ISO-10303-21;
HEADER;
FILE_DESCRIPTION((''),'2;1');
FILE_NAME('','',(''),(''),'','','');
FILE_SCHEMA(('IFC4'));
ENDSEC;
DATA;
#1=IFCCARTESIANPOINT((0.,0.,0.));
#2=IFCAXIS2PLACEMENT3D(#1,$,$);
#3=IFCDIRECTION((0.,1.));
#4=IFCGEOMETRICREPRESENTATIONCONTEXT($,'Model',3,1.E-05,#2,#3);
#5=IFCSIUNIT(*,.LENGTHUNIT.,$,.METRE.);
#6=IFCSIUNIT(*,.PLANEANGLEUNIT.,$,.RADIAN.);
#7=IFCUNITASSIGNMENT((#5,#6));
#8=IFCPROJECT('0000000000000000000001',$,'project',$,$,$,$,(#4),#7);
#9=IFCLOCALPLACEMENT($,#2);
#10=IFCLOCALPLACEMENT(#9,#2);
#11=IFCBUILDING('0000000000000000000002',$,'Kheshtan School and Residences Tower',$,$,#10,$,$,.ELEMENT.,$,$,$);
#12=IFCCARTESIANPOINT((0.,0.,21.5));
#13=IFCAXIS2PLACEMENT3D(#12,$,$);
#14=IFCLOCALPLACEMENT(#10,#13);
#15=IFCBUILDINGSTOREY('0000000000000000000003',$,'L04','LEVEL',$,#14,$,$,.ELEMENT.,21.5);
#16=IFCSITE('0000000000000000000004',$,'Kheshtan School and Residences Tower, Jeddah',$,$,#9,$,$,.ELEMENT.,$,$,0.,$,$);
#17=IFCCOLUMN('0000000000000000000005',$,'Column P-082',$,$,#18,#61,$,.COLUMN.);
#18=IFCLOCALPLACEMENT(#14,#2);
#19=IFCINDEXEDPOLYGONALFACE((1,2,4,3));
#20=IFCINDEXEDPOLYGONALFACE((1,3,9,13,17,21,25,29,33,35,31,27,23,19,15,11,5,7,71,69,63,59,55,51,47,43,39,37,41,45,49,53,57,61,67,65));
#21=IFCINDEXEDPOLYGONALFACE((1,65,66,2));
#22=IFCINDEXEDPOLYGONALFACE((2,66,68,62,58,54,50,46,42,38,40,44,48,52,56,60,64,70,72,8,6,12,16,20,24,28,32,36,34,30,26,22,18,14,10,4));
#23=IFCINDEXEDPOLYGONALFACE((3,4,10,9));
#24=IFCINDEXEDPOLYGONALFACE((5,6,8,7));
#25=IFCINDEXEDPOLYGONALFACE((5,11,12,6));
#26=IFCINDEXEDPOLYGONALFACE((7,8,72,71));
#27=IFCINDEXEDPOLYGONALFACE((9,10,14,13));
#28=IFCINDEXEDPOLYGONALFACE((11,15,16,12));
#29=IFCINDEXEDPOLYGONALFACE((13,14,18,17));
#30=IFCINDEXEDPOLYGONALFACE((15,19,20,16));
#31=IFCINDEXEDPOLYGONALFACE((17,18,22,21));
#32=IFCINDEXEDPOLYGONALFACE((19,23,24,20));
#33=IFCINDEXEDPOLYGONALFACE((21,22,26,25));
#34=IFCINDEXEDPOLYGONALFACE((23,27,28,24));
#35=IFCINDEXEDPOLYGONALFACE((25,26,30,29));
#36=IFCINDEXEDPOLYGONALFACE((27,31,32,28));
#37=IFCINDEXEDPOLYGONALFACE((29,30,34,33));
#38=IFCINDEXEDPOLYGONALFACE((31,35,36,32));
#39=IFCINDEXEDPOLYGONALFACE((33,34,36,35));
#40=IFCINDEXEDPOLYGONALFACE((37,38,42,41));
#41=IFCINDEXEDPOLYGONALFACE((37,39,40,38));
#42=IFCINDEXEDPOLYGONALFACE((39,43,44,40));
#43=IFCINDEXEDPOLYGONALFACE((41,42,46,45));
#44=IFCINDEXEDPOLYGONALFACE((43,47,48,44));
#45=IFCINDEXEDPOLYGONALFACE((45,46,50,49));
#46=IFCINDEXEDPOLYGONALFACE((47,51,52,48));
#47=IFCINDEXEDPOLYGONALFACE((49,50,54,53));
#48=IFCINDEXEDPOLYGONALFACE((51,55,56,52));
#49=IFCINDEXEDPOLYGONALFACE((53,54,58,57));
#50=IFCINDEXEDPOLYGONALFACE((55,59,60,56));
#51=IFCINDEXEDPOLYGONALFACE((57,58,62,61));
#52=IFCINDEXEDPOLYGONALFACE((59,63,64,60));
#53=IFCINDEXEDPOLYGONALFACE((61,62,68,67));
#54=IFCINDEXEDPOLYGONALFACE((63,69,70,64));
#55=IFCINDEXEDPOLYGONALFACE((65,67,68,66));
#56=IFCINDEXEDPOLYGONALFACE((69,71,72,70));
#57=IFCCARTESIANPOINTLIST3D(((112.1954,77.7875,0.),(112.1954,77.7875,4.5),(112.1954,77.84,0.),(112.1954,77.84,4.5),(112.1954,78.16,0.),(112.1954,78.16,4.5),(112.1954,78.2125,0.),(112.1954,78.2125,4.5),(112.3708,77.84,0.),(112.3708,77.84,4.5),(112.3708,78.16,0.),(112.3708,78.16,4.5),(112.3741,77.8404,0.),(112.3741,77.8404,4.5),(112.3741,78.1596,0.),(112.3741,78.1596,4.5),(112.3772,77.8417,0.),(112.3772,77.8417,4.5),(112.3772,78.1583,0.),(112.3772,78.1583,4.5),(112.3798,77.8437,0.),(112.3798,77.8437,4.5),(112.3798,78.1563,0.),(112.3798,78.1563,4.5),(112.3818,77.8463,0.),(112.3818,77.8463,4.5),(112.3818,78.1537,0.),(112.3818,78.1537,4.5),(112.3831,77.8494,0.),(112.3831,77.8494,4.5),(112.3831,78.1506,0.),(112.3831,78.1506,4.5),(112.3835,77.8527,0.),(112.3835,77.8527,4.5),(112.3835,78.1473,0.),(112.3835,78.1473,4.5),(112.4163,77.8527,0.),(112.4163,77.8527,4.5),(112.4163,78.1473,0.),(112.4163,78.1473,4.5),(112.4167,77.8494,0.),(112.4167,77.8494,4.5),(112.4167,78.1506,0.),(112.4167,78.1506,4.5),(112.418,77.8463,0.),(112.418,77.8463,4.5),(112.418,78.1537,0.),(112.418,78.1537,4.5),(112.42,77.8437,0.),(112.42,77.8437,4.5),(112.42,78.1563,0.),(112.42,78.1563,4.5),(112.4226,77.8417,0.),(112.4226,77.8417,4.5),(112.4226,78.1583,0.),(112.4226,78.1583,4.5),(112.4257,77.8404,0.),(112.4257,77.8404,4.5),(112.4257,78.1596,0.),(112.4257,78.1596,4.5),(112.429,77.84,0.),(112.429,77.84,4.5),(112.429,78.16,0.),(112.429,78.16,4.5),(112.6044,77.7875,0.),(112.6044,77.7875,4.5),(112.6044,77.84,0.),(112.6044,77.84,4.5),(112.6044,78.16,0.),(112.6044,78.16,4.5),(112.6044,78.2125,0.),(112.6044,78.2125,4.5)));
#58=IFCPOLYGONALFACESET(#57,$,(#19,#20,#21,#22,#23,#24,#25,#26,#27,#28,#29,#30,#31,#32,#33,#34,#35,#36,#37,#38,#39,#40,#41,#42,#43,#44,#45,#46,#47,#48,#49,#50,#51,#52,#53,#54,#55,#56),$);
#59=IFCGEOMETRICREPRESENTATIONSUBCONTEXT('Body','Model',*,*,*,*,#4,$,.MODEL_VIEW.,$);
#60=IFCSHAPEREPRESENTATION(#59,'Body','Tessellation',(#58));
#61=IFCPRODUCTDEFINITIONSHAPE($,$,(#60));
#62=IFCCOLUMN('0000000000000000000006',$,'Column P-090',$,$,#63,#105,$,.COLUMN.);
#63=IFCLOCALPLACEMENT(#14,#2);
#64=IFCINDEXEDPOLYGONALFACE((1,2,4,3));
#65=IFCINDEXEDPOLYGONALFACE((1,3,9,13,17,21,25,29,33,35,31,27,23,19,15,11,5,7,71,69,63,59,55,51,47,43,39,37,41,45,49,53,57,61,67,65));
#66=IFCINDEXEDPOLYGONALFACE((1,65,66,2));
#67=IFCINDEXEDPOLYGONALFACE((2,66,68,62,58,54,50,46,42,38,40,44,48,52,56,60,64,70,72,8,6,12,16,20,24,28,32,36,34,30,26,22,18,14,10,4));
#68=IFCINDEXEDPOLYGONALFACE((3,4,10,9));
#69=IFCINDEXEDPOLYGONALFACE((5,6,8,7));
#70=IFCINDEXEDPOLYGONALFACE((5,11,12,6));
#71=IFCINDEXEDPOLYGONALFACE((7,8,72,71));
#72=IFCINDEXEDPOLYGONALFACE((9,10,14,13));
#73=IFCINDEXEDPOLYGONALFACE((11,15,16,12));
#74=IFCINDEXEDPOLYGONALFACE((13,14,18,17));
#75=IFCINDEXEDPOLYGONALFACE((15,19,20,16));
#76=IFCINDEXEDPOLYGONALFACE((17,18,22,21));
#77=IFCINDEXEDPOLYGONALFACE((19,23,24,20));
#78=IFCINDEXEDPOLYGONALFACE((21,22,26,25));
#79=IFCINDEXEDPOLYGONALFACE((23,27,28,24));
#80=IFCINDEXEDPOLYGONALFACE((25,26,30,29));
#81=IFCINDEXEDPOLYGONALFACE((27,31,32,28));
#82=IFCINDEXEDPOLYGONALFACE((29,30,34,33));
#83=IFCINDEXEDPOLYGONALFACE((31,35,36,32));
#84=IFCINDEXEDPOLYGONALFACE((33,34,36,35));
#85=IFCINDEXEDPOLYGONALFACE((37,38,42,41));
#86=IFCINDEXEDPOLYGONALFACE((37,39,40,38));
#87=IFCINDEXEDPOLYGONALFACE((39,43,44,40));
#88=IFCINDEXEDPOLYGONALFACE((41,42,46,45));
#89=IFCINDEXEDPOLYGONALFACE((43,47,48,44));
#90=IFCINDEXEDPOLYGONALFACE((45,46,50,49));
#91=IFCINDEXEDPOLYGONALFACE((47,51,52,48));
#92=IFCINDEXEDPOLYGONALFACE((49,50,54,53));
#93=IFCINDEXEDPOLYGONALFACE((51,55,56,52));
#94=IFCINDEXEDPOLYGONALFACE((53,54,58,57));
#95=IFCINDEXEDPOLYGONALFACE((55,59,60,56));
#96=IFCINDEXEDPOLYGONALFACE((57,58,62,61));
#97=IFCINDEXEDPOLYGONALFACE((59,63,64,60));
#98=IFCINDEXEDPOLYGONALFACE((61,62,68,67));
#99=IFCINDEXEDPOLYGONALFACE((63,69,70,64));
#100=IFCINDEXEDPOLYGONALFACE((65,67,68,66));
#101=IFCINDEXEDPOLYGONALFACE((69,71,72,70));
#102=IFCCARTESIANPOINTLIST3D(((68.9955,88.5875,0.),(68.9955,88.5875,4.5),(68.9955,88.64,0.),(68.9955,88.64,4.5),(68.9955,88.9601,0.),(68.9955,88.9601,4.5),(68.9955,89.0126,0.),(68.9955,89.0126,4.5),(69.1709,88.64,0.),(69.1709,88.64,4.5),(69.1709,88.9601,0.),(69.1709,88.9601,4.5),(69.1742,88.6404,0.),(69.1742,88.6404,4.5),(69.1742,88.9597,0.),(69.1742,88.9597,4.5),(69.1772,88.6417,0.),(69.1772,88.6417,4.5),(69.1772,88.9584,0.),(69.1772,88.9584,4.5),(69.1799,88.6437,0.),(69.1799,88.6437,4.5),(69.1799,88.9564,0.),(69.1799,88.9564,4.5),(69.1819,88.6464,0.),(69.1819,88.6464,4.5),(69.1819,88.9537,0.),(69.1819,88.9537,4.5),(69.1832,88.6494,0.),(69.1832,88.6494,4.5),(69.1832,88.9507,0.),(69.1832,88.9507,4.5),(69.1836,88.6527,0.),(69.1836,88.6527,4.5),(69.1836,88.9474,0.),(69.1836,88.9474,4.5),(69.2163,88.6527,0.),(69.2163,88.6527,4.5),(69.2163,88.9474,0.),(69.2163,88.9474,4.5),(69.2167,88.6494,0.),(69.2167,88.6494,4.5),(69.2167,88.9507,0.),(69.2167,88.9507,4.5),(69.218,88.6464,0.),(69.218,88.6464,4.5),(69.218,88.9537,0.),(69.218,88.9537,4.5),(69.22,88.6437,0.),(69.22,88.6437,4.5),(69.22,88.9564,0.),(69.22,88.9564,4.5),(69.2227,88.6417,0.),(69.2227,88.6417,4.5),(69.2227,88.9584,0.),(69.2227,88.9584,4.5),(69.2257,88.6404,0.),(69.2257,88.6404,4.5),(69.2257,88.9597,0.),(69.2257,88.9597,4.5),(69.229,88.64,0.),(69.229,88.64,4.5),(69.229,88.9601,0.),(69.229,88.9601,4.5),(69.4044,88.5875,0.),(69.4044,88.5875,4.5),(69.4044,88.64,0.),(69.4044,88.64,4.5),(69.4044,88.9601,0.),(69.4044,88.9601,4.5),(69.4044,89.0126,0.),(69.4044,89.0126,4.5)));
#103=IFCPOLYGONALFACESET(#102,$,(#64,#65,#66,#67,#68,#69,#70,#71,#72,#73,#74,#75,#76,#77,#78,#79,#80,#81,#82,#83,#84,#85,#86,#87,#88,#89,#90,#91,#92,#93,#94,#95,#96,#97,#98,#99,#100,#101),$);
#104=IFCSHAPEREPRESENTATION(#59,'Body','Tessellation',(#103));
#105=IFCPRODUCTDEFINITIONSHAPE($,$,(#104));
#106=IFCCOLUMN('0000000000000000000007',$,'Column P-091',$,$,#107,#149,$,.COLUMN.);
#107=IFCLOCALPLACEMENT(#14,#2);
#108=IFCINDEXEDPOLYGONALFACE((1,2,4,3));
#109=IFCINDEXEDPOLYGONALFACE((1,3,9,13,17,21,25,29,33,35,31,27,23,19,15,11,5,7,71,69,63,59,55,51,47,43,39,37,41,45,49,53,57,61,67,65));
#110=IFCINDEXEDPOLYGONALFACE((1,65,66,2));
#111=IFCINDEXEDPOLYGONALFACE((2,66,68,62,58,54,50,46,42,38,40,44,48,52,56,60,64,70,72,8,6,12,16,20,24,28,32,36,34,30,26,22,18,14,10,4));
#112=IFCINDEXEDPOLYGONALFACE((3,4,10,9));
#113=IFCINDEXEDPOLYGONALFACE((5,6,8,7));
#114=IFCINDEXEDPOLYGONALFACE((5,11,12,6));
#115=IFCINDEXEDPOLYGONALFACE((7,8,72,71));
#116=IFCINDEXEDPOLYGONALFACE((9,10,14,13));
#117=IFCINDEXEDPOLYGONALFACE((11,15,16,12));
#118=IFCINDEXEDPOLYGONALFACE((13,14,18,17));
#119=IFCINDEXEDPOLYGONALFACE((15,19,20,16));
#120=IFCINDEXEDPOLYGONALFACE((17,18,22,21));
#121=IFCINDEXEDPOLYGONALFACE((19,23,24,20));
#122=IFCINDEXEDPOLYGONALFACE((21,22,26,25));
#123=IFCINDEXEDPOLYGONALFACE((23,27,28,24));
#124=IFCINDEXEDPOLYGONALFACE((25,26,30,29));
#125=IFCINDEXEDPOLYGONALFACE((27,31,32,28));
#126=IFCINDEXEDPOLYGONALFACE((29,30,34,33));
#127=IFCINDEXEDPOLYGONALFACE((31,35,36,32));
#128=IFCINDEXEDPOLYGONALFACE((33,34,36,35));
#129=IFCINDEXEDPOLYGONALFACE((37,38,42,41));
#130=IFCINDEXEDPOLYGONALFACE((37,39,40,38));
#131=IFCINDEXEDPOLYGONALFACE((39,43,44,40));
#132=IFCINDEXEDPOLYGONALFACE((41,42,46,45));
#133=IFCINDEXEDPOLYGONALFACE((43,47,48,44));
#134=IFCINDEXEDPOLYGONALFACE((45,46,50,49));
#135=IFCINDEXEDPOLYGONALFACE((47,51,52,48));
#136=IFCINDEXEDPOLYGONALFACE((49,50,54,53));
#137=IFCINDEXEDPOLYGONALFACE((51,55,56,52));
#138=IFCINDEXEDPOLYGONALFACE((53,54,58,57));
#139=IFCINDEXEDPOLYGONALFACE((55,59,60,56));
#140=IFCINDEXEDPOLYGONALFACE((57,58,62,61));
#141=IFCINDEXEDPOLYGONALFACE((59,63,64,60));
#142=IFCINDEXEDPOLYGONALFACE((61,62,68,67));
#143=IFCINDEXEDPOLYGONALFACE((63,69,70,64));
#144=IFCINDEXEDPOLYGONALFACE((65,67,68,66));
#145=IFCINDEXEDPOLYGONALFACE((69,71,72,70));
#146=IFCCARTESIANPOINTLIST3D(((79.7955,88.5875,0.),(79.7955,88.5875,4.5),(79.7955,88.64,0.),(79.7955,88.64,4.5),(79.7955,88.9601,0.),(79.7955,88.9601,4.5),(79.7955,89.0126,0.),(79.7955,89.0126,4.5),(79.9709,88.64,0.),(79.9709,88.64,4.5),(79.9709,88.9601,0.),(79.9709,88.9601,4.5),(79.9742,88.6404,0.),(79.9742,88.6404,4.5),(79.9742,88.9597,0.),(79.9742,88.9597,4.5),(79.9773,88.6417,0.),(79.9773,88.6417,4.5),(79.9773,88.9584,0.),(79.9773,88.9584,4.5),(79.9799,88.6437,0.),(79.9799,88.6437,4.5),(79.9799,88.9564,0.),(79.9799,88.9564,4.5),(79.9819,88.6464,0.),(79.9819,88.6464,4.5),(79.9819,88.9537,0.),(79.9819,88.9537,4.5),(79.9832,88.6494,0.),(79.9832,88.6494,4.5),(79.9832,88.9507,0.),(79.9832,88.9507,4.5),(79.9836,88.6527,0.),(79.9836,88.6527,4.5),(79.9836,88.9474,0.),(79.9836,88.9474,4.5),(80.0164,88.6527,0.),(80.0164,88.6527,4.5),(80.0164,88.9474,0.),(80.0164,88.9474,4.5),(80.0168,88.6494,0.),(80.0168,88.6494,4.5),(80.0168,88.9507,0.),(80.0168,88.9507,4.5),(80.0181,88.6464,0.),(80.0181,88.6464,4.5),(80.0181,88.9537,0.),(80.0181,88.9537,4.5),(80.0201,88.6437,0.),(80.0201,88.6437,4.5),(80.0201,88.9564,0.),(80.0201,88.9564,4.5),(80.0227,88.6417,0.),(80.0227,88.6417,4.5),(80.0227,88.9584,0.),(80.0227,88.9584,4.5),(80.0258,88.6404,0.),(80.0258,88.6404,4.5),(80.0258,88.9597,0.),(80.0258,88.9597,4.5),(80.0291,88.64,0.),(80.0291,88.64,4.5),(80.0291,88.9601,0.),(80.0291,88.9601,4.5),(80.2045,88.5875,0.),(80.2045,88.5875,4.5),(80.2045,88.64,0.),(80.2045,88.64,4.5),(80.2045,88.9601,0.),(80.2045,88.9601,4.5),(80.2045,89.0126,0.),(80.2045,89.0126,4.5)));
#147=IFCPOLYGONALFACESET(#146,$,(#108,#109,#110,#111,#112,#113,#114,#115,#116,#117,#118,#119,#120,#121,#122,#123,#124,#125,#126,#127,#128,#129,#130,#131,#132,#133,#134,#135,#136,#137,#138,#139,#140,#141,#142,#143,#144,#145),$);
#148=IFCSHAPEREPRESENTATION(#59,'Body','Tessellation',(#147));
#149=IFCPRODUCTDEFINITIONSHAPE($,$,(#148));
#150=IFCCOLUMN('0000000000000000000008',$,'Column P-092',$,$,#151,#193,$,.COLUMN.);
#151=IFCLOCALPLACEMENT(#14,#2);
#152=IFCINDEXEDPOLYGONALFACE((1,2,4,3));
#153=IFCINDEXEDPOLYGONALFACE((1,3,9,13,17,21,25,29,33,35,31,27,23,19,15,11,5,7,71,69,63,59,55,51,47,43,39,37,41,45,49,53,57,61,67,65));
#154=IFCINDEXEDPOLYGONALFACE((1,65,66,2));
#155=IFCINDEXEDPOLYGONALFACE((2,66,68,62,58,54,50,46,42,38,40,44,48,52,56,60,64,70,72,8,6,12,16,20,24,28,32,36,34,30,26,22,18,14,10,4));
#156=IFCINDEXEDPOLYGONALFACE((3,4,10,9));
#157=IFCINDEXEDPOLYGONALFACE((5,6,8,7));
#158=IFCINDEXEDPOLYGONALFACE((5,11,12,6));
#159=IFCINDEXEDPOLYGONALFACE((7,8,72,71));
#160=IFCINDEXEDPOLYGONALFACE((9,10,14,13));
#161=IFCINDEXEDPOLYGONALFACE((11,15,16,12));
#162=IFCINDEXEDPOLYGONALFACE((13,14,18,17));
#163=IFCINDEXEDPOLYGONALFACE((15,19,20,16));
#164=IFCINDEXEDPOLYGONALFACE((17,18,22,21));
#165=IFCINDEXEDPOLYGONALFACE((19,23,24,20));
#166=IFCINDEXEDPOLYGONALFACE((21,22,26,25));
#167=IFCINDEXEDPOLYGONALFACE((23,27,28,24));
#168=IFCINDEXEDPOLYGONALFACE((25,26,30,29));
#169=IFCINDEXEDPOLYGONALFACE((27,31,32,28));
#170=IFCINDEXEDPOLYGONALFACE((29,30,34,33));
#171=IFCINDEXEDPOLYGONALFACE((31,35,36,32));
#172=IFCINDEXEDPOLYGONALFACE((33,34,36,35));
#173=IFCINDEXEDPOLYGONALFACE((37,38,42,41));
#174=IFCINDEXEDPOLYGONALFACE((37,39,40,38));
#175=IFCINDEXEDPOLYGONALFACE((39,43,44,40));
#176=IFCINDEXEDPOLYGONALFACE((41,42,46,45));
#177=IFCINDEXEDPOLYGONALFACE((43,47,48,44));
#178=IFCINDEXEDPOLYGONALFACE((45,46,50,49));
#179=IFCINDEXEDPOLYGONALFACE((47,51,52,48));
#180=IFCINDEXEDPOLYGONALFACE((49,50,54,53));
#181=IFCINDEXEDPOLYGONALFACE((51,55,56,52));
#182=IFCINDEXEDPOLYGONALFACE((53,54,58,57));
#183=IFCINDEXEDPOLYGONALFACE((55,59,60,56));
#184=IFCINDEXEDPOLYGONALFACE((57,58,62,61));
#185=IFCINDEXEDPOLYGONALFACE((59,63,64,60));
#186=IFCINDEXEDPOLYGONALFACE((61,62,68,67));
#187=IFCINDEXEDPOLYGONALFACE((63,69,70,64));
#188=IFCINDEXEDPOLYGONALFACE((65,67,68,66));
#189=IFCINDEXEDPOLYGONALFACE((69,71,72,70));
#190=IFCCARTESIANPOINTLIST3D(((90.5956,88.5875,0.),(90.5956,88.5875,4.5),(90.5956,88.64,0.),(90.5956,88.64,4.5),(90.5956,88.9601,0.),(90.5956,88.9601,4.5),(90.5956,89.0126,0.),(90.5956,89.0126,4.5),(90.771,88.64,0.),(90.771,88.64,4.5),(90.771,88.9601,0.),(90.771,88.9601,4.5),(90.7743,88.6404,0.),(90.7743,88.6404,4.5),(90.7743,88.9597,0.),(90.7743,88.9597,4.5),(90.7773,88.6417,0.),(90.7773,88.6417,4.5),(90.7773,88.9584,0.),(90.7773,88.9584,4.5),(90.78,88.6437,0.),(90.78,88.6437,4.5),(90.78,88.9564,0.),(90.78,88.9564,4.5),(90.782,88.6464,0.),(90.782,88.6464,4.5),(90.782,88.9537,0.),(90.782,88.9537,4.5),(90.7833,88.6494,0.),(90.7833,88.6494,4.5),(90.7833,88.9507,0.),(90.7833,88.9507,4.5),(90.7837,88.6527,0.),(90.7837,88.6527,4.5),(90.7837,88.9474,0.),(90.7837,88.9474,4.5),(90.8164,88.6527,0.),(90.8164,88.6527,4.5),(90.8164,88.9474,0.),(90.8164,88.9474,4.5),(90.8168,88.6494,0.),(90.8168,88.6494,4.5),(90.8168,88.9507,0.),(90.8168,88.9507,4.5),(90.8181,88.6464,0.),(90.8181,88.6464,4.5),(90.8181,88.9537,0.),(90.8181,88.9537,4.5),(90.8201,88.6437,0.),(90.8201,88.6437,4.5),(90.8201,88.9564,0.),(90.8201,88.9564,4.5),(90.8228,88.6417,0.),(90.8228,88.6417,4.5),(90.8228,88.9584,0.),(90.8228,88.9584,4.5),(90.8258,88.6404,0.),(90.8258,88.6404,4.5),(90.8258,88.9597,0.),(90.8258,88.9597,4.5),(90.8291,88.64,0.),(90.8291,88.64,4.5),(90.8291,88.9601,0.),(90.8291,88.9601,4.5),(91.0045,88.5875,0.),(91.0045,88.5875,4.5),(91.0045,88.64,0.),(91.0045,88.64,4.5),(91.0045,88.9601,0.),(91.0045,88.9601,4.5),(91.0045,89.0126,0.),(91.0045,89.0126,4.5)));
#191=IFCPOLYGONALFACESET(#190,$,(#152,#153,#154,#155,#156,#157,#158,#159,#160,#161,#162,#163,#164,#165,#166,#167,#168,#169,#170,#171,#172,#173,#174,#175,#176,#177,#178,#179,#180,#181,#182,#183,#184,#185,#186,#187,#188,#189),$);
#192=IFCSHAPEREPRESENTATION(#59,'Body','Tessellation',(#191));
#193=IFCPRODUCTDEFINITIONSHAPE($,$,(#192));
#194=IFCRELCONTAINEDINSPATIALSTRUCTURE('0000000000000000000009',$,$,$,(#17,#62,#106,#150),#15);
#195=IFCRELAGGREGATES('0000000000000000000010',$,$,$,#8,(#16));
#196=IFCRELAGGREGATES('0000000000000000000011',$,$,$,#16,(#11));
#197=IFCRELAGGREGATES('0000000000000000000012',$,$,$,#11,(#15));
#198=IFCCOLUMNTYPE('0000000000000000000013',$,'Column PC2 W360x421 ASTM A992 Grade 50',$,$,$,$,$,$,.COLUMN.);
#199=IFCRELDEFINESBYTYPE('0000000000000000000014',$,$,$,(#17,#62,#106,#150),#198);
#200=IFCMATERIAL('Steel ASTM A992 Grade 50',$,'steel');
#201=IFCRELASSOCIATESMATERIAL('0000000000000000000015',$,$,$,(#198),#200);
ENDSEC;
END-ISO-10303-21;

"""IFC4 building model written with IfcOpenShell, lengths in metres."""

from ifc_helpers import new_model, si_unit, direction, frame, origin, origin_2d, place, context, subcontext, project, spatial, i_section, extrude, material, material_profile, profile_set, type_object, element, save


model = new_model("IFC4")

# Units and contexts
model_context = context("Model", 3, precision=1e-05, world=origin(), true_north=direction((0.0, 1.0)))
body_context = subcontext(model_context, "Body", "Model", "MODEL_VIEW")
ifc_project = project(units=[si_unit("LENGTHUNIT", "METRE"), si_unit("PLANEANGLEUNIT", "RADIAN")], contexts=[model_context])

# Site, building, storey
site_placement = place(None, origin())
site = spatial("IfcSite", under=ifc_project, at=site_placement, Name="Kheshtan School and Residences Tower, Jeddah", CompositionType="ELEMENT", RefElevation=0.0)
building_placement = place(site_placement, origin())
building = spatial("IfcBuilding", under=site, at=building_placement, Name="Kheshtan School and Residences Tower", CompositionType="ELEMENT")
storey_placement = place(building_placement, frame((0.0, 0.0, 21.5)))
storey = spatial("IfcBuildingStorey", under=building, at=storey_placement, Name="L04", Description="LEVEL", CompositionType="ELEMENT", Elevation=21.5)

# Columns
ifc_material_1 = material(Name="Steel ASTM A992 Grade 50", Category="steel")
ifc_material_profile_1 = material_profile(ifc_material_1, i_section(OverallWidth=0.4089, OverallDepth=0.425, WebThickness=0.0327, FlangeThickness=0.0525, FilletRadius=0.0127, at=origin_2d()), Name="W360x421")
ifc_profile_set_1 = profile_set([ifc_material_profile_1], Name="Steel ASTM A992 Grade 50")
column_type = type_object("IfcColumnType", Name="Column PC2 W360x421 ASTM A992 Grade 50", PredefinedType="COLUMN", material=ifc_profile_set_1)
for number, where, z_axis, x_axis, name in (
    (1, (112.3999, 78.0, 0.0), (0.0, 0.0, 1.0), (1.0, 0.0, 0.0), "Column P-082"),
    (2, (69.2, 88.8, 0.0), (0.0, 0.0, 1.0), (1.0, 0.0, 0.0), "Column P-090"),
    (3, (80.0, 88.8, 0.0), (0.0, 0.0, 1.0), (1.0, 0.0, 0.0), "Column P-091"),
    (4, (90.8, 88.8, 0.0), (0.0, 0.0, 1.0), (1.0, 0.0, 0.0), "Column P-092"),
):
    element("IfcColumn", number, at=place(storey_placement, frame(where, z_axis=z_axis, x_axis=x_axis)), inside=storey, type_object=column_type, Name=name, PredefinedType="COLUMN", context=body_context, shape_type="SweptSolid", body=[
        extrude(i_section(OverallWidth=0.4089, OverallDepth=0.425, WebThickness=0.0327, FlangeThickness=0.0525, FilletRadius=0.0127, at=origin_2d()), origin(), (0.0, 0.0, 1.0), 4.5),
    ])

save(model, "model.ifc")
